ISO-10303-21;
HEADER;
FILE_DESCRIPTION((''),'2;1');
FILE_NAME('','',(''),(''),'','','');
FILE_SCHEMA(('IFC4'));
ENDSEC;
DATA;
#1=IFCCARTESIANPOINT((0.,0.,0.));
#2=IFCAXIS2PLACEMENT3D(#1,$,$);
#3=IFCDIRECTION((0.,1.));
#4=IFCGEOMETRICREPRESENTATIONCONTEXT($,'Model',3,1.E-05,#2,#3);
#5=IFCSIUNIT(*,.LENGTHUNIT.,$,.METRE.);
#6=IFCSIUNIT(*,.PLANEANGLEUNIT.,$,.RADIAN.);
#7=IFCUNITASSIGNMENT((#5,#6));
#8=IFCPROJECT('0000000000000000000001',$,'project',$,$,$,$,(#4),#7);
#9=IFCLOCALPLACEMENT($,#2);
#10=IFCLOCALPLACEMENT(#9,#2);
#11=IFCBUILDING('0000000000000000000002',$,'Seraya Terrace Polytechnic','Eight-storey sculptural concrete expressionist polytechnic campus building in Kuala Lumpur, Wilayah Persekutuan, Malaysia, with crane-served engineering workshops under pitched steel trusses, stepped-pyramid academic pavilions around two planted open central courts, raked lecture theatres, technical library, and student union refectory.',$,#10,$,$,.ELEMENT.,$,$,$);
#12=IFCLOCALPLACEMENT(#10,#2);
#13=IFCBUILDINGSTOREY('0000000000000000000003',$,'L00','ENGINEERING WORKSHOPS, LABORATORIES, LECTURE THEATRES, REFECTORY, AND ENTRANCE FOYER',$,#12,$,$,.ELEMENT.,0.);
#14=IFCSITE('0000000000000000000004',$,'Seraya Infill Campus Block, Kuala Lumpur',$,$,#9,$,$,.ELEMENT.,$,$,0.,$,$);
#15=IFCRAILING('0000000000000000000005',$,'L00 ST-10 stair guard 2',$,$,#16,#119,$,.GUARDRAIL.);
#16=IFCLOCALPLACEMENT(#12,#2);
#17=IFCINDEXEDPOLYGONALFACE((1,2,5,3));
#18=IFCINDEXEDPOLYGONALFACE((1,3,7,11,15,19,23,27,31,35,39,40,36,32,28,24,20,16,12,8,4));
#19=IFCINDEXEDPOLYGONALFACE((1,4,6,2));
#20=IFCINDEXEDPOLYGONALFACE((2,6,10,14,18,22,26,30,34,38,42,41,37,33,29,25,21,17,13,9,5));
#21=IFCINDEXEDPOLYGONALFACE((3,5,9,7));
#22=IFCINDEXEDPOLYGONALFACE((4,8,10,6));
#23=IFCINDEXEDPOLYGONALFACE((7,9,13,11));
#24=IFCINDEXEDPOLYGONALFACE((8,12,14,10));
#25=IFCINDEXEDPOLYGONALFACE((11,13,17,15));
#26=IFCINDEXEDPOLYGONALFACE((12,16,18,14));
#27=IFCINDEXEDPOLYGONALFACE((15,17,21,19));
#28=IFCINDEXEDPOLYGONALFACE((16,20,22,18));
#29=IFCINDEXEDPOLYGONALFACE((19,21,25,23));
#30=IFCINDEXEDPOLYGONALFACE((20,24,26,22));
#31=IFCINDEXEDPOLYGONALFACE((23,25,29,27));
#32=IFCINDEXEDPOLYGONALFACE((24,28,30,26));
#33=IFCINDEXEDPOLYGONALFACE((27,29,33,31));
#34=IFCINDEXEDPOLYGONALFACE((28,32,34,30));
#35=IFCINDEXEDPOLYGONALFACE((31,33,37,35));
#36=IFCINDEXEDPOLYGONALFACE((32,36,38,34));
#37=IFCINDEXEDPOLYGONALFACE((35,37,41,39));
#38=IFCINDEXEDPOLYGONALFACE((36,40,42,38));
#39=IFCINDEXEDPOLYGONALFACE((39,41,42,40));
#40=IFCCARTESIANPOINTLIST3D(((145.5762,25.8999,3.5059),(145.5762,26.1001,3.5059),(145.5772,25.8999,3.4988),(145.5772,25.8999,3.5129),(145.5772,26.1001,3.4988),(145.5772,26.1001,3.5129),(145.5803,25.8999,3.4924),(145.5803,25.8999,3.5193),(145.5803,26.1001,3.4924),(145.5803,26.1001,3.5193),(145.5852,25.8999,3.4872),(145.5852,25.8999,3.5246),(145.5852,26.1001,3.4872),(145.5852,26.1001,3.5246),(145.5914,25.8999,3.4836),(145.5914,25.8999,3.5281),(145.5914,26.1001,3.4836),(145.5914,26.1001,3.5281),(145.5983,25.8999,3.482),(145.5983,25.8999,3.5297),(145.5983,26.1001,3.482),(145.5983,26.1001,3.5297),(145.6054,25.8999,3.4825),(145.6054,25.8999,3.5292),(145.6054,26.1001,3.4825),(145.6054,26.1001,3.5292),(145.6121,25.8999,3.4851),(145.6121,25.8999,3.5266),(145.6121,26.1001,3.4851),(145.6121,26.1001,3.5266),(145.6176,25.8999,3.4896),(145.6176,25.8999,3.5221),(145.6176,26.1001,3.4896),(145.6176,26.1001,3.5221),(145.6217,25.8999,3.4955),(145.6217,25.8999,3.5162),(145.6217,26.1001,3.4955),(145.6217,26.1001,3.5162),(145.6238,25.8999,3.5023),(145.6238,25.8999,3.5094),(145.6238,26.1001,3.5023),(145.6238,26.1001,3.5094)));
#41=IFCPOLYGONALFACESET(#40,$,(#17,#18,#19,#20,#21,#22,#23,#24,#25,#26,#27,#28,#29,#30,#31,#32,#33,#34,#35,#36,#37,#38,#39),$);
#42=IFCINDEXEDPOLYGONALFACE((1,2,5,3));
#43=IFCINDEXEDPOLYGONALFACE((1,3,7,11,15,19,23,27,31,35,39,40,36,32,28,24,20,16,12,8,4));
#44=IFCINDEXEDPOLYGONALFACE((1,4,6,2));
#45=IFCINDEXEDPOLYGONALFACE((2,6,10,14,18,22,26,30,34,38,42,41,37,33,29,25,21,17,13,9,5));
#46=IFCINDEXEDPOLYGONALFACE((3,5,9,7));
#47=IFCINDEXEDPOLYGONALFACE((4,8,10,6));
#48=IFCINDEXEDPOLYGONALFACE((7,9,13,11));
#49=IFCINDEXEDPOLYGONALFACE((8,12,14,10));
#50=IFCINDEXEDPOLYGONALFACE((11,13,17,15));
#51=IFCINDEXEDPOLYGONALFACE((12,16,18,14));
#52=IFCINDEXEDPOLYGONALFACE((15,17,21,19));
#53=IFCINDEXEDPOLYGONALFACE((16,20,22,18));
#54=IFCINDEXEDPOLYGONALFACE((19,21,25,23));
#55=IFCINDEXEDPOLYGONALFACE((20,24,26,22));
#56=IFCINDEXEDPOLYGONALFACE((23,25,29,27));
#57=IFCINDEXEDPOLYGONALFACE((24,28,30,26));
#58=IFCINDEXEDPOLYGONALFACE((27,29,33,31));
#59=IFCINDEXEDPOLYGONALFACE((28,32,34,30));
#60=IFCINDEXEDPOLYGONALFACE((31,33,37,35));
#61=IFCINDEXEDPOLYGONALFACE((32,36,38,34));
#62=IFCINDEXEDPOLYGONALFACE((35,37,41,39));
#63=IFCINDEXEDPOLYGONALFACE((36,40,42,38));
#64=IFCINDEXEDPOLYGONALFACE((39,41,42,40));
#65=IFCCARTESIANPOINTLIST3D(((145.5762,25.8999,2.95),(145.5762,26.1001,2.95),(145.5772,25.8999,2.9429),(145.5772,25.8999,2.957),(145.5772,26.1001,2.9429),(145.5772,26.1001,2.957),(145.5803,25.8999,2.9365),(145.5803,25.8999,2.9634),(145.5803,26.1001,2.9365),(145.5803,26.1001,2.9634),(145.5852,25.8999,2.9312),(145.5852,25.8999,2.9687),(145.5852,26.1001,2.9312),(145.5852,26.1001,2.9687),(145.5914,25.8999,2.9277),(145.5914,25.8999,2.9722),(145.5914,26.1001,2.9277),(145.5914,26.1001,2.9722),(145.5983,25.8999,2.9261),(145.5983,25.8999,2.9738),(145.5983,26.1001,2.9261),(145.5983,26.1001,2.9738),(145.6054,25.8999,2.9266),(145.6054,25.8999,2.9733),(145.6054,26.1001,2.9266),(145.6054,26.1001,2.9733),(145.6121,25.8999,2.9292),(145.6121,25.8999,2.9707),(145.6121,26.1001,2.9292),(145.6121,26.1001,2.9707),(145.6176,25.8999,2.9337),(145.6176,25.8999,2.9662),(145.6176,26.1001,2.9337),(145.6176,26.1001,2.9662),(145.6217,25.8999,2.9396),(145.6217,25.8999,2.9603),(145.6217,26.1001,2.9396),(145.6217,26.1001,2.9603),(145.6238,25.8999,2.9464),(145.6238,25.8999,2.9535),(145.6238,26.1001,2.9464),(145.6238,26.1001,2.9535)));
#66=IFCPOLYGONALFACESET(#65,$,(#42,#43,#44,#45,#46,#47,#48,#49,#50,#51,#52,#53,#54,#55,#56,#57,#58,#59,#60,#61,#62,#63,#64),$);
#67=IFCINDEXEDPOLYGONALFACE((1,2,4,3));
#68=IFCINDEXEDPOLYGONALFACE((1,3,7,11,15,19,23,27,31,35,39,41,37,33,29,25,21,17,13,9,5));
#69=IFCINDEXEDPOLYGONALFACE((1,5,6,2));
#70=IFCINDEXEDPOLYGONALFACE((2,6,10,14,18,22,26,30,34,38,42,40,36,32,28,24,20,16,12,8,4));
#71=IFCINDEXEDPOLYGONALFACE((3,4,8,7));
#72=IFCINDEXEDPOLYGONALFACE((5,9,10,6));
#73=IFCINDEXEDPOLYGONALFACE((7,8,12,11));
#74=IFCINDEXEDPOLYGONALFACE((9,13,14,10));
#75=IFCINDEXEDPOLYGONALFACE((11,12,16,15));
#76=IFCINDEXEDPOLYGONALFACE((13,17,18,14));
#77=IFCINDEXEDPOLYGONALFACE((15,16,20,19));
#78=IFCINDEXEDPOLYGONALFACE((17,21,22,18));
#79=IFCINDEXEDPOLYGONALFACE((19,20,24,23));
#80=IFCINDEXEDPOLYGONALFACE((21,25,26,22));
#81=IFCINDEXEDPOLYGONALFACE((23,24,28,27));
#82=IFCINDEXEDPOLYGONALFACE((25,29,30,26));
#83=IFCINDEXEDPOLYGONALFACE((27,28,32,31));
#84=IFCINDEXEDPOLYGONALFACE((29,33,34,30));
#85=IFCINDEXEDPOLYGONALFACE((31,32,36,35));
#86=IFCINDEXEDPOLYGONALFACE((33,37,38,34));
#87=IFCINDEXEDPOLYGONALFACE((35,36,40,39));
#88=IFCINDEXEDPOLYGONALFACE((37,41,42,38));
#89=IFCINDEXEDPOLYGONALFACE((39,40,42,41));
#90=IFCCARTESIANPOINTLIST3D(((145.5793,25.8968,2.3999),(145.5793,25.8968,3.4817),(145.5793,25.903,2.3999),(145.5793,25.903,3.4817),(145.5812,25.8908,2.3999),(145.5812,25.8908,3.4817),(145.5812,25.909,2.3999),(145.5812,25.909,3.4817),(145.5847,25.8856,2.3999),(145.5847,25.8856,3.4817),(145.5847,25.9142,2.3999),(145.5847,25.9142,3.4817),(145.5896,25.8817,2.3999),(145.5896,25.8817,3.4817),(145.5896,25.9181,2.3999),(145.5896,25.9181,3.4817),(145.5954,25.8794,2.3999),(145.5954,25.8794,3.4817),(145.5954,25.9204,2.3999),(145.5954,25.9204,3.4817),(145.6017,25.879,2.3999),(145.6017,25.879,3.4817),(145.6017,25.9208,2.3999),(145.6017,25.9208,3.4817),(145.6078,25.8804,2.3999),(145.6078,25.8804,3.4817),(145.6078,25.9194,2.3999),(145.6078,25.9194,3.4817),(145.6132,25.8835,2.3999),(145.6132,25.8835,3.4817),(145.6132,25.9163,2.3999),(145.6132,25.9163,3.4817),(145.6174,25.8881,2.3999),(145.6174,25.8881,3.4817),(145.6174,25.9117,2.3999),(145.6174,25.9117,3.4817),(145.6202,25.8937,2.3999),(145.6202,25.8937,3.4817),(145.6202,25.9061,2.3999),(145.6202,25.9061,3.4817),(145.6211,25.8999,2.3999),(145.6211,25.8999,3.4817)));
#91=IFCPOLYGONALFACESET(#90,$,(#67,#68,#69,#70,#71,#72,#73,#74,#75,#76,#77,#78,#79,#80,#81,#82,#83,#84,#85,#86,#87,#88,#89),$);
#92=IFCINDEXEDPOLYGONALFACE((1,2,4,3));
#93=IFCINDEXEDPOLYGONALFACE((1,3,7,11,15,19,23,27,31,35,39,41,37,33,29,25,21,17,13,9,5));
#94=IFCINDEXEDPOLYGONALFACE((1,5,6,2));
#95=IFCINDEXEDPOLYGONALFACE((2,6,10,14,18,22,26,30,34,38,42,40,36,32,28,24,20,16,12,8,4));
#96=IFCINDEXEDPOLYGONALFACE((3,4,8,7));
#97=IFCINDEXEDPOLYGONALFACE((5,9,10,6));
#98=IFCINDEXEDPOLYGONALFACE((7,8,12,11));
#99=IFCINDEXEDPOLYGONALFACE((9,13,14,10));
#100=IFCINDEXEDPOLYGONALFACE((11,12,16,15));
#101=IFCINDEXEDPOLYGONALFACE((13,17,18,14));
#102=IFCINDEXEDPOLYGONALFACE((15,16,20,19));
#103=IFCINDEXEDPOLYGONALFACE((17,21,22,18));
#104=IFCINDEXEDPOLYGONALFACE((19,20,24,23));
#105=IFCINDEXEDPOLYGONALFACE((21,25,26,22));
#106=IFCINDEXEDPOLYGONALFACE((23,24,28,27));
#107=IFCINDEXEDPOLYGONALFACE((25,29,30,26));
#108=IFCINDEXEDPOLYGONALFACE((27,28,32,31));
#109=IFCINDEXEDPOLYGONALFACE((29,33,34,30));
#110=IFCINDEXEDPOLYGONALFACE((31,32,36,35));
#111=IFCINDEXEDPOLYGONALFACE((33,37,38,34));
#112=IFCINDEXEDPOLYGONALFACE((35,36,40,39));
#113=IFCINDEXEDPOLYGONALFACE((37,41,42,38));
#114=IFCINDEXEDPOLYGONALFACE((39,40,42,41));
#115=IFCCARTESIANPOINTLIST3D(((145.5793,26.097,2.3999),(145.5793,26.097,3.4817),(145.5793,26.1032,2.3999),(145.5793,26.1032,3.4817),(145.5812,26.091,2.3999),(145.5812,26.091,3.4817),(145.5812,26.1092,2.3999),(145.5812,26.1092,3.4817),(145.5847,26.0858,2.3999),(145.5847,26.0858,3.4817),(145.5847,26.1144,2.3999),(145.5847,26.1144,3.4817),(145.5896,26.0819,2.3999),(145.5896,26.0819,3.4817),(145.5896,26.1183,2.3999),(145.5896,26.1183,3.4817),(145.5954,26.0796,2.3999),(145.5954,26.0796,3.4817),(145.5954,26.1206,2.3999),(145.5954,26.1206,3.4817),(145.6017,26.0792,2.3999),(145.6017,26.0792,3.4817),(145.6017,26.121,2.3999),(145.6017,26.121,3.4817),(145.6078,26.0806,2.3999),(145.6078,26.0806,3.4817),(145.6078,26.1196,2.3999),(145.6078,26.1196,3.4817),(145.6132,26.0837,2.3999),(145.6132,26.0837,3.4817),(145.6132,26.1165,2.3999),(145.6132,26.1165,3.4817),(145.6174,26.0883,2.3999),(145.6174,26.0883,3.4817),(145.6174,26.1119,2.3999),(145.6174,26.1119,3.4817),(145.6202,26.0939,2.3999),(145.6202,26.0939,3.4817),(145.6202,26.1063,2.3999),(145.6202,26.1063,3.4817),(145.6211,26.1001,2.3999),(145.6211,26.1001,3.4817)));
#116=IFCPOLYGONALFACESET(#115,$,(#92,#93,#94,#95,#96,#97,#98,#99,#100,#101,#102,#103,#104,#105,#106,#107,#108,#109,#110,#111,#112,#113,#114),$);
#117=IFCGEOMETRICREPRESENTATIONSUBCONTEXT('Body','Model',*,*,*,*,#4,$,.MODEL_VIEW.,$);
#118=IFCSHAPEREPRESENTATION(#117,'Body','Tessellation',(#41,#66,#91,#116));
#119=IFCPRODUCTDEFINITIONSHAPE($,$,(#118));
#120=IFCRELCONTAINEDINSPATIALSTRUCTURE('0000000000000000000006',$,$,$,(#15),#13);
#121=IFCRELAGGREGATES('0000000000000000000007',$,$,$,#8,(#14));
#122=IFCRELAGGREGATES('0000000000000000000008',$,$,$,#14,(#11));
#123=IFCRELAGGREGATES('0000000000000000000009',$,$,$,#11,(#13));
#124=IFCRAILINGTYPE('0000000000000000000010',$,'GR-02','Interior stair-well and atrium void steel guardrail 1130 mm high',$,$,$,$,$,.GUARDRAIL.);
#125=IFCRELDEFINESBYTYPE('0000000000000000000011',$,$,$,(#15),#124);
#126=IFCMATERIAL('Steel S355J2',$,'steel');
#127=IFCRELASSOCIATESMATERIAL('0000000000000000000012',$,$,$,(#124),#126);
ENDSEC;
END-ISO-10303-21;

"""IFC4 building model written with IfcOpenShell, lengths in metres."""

from ifc_helpers import new_model, si_unit, direction, frame, origin, origin_2d, place, context, subcontext, project, spatial, circle, extrude, material, type_object, element, save


model = new_model("IFC4")

# Units and contexts
model_context = context("Model", 3, precision=1e-05, world=origin(), true_north=direction((0.0, 1.0)))
body_context = subcontext(model_context, "Body", "Model", "MODEL_VIEW")
ifc_project = project(units=[si_unit("LENGTHUNIT", "METRE"), si_unit("PLANEANGLEUNIT", "RADIAN")], contexts=[model_context])

# Site, building, storey
site_placement = place(None, origin())
site = spatial("IfcSite", under=ifc_project, at=site_placement, Name="Seraya Infill Campus Block, Kuala Lumpur", CompositionType="ELEMENT", RefElevation=0.0)
building_placement = place(site_placement, origin())
building = spatial("IfcBuilding", under=site, at=building_placement, Name="Seraya Terrace Polytechnic", Description="Eight-storey sculptural concrete expressionist polytechnic campus building in Kuala Lumpur, Wilayah Persekutuan, Malaysia, with crane-served engineering workshops under pitched steel trusses, stepped-pyramid academic pavilions around two planted open central courts, raked lecture theatres, technical library, and student union refectory.", CompositionType="ELEMENT")
storey_placement = place(building_placement, origin())
storey = spatial("IfcBuildingStorey", under=building, at=storey_placement, Name="L00", Description="ENGINEERING WORKSHOPS, LABORATORIES, LECTURE THEATRES, REFECTORY, AND ENTRANCE FOYER", CompositionType="ELEMENT", Elevation=0.0)

# Shared definitions
ifc_material_1 = material(Name="Steel S355J2", Category="steel")

# Railing
railing_type_1 = type_object("IfcRailingType", Name="GR-02", Description="Interior stair-well and atrium void steel guardrail 1130 mm high", PredefinedType="GUARDRAIL", material=ifc_material_1)
railing_1_placement = place(storey_placement, frame((145.6001, 25.8999, 2.3999)))
element("IfcRailing", 1, at=railing_1_placement, inside=storey, type_object=railing_type_1, Name="L00 ST-10 stair guard 2", PredefinedType="GUARDRAIL", context=body_context, shape_type="SweptSolid", body=[
    extrude(circle(Radius=0.0239, at=origin_2d()), frame((0.0, 0.0, 1.106), z_axis=(0.0, 1.0, 0.0), x_axis=(-1.0, 0.0, 0.0)), (0.0, 0.0, 1.0), 0.2002),
    extrude(circle(Radius=0.0239, at=origin_2d()), frame((0.0, 0.0, 0.55), z_axis=(0.0, 1.0, 0.0), x_axis=(-1.0, 0.0, 0.0)), (0.0, 0.0, 1.0), 0.2002),
    extrude(circle(Radius=0.021, at=origin_2d()), origin(), (0.0, 0.0, 1.0), 1.0818),
    extrude(circle(Radius=0.021, at=origin_2d()), frame((0.0, 0.2002, 0.0)), (0.0, 0.0, 1.0), 1.0818),
])

save(model, "model.ifc")
